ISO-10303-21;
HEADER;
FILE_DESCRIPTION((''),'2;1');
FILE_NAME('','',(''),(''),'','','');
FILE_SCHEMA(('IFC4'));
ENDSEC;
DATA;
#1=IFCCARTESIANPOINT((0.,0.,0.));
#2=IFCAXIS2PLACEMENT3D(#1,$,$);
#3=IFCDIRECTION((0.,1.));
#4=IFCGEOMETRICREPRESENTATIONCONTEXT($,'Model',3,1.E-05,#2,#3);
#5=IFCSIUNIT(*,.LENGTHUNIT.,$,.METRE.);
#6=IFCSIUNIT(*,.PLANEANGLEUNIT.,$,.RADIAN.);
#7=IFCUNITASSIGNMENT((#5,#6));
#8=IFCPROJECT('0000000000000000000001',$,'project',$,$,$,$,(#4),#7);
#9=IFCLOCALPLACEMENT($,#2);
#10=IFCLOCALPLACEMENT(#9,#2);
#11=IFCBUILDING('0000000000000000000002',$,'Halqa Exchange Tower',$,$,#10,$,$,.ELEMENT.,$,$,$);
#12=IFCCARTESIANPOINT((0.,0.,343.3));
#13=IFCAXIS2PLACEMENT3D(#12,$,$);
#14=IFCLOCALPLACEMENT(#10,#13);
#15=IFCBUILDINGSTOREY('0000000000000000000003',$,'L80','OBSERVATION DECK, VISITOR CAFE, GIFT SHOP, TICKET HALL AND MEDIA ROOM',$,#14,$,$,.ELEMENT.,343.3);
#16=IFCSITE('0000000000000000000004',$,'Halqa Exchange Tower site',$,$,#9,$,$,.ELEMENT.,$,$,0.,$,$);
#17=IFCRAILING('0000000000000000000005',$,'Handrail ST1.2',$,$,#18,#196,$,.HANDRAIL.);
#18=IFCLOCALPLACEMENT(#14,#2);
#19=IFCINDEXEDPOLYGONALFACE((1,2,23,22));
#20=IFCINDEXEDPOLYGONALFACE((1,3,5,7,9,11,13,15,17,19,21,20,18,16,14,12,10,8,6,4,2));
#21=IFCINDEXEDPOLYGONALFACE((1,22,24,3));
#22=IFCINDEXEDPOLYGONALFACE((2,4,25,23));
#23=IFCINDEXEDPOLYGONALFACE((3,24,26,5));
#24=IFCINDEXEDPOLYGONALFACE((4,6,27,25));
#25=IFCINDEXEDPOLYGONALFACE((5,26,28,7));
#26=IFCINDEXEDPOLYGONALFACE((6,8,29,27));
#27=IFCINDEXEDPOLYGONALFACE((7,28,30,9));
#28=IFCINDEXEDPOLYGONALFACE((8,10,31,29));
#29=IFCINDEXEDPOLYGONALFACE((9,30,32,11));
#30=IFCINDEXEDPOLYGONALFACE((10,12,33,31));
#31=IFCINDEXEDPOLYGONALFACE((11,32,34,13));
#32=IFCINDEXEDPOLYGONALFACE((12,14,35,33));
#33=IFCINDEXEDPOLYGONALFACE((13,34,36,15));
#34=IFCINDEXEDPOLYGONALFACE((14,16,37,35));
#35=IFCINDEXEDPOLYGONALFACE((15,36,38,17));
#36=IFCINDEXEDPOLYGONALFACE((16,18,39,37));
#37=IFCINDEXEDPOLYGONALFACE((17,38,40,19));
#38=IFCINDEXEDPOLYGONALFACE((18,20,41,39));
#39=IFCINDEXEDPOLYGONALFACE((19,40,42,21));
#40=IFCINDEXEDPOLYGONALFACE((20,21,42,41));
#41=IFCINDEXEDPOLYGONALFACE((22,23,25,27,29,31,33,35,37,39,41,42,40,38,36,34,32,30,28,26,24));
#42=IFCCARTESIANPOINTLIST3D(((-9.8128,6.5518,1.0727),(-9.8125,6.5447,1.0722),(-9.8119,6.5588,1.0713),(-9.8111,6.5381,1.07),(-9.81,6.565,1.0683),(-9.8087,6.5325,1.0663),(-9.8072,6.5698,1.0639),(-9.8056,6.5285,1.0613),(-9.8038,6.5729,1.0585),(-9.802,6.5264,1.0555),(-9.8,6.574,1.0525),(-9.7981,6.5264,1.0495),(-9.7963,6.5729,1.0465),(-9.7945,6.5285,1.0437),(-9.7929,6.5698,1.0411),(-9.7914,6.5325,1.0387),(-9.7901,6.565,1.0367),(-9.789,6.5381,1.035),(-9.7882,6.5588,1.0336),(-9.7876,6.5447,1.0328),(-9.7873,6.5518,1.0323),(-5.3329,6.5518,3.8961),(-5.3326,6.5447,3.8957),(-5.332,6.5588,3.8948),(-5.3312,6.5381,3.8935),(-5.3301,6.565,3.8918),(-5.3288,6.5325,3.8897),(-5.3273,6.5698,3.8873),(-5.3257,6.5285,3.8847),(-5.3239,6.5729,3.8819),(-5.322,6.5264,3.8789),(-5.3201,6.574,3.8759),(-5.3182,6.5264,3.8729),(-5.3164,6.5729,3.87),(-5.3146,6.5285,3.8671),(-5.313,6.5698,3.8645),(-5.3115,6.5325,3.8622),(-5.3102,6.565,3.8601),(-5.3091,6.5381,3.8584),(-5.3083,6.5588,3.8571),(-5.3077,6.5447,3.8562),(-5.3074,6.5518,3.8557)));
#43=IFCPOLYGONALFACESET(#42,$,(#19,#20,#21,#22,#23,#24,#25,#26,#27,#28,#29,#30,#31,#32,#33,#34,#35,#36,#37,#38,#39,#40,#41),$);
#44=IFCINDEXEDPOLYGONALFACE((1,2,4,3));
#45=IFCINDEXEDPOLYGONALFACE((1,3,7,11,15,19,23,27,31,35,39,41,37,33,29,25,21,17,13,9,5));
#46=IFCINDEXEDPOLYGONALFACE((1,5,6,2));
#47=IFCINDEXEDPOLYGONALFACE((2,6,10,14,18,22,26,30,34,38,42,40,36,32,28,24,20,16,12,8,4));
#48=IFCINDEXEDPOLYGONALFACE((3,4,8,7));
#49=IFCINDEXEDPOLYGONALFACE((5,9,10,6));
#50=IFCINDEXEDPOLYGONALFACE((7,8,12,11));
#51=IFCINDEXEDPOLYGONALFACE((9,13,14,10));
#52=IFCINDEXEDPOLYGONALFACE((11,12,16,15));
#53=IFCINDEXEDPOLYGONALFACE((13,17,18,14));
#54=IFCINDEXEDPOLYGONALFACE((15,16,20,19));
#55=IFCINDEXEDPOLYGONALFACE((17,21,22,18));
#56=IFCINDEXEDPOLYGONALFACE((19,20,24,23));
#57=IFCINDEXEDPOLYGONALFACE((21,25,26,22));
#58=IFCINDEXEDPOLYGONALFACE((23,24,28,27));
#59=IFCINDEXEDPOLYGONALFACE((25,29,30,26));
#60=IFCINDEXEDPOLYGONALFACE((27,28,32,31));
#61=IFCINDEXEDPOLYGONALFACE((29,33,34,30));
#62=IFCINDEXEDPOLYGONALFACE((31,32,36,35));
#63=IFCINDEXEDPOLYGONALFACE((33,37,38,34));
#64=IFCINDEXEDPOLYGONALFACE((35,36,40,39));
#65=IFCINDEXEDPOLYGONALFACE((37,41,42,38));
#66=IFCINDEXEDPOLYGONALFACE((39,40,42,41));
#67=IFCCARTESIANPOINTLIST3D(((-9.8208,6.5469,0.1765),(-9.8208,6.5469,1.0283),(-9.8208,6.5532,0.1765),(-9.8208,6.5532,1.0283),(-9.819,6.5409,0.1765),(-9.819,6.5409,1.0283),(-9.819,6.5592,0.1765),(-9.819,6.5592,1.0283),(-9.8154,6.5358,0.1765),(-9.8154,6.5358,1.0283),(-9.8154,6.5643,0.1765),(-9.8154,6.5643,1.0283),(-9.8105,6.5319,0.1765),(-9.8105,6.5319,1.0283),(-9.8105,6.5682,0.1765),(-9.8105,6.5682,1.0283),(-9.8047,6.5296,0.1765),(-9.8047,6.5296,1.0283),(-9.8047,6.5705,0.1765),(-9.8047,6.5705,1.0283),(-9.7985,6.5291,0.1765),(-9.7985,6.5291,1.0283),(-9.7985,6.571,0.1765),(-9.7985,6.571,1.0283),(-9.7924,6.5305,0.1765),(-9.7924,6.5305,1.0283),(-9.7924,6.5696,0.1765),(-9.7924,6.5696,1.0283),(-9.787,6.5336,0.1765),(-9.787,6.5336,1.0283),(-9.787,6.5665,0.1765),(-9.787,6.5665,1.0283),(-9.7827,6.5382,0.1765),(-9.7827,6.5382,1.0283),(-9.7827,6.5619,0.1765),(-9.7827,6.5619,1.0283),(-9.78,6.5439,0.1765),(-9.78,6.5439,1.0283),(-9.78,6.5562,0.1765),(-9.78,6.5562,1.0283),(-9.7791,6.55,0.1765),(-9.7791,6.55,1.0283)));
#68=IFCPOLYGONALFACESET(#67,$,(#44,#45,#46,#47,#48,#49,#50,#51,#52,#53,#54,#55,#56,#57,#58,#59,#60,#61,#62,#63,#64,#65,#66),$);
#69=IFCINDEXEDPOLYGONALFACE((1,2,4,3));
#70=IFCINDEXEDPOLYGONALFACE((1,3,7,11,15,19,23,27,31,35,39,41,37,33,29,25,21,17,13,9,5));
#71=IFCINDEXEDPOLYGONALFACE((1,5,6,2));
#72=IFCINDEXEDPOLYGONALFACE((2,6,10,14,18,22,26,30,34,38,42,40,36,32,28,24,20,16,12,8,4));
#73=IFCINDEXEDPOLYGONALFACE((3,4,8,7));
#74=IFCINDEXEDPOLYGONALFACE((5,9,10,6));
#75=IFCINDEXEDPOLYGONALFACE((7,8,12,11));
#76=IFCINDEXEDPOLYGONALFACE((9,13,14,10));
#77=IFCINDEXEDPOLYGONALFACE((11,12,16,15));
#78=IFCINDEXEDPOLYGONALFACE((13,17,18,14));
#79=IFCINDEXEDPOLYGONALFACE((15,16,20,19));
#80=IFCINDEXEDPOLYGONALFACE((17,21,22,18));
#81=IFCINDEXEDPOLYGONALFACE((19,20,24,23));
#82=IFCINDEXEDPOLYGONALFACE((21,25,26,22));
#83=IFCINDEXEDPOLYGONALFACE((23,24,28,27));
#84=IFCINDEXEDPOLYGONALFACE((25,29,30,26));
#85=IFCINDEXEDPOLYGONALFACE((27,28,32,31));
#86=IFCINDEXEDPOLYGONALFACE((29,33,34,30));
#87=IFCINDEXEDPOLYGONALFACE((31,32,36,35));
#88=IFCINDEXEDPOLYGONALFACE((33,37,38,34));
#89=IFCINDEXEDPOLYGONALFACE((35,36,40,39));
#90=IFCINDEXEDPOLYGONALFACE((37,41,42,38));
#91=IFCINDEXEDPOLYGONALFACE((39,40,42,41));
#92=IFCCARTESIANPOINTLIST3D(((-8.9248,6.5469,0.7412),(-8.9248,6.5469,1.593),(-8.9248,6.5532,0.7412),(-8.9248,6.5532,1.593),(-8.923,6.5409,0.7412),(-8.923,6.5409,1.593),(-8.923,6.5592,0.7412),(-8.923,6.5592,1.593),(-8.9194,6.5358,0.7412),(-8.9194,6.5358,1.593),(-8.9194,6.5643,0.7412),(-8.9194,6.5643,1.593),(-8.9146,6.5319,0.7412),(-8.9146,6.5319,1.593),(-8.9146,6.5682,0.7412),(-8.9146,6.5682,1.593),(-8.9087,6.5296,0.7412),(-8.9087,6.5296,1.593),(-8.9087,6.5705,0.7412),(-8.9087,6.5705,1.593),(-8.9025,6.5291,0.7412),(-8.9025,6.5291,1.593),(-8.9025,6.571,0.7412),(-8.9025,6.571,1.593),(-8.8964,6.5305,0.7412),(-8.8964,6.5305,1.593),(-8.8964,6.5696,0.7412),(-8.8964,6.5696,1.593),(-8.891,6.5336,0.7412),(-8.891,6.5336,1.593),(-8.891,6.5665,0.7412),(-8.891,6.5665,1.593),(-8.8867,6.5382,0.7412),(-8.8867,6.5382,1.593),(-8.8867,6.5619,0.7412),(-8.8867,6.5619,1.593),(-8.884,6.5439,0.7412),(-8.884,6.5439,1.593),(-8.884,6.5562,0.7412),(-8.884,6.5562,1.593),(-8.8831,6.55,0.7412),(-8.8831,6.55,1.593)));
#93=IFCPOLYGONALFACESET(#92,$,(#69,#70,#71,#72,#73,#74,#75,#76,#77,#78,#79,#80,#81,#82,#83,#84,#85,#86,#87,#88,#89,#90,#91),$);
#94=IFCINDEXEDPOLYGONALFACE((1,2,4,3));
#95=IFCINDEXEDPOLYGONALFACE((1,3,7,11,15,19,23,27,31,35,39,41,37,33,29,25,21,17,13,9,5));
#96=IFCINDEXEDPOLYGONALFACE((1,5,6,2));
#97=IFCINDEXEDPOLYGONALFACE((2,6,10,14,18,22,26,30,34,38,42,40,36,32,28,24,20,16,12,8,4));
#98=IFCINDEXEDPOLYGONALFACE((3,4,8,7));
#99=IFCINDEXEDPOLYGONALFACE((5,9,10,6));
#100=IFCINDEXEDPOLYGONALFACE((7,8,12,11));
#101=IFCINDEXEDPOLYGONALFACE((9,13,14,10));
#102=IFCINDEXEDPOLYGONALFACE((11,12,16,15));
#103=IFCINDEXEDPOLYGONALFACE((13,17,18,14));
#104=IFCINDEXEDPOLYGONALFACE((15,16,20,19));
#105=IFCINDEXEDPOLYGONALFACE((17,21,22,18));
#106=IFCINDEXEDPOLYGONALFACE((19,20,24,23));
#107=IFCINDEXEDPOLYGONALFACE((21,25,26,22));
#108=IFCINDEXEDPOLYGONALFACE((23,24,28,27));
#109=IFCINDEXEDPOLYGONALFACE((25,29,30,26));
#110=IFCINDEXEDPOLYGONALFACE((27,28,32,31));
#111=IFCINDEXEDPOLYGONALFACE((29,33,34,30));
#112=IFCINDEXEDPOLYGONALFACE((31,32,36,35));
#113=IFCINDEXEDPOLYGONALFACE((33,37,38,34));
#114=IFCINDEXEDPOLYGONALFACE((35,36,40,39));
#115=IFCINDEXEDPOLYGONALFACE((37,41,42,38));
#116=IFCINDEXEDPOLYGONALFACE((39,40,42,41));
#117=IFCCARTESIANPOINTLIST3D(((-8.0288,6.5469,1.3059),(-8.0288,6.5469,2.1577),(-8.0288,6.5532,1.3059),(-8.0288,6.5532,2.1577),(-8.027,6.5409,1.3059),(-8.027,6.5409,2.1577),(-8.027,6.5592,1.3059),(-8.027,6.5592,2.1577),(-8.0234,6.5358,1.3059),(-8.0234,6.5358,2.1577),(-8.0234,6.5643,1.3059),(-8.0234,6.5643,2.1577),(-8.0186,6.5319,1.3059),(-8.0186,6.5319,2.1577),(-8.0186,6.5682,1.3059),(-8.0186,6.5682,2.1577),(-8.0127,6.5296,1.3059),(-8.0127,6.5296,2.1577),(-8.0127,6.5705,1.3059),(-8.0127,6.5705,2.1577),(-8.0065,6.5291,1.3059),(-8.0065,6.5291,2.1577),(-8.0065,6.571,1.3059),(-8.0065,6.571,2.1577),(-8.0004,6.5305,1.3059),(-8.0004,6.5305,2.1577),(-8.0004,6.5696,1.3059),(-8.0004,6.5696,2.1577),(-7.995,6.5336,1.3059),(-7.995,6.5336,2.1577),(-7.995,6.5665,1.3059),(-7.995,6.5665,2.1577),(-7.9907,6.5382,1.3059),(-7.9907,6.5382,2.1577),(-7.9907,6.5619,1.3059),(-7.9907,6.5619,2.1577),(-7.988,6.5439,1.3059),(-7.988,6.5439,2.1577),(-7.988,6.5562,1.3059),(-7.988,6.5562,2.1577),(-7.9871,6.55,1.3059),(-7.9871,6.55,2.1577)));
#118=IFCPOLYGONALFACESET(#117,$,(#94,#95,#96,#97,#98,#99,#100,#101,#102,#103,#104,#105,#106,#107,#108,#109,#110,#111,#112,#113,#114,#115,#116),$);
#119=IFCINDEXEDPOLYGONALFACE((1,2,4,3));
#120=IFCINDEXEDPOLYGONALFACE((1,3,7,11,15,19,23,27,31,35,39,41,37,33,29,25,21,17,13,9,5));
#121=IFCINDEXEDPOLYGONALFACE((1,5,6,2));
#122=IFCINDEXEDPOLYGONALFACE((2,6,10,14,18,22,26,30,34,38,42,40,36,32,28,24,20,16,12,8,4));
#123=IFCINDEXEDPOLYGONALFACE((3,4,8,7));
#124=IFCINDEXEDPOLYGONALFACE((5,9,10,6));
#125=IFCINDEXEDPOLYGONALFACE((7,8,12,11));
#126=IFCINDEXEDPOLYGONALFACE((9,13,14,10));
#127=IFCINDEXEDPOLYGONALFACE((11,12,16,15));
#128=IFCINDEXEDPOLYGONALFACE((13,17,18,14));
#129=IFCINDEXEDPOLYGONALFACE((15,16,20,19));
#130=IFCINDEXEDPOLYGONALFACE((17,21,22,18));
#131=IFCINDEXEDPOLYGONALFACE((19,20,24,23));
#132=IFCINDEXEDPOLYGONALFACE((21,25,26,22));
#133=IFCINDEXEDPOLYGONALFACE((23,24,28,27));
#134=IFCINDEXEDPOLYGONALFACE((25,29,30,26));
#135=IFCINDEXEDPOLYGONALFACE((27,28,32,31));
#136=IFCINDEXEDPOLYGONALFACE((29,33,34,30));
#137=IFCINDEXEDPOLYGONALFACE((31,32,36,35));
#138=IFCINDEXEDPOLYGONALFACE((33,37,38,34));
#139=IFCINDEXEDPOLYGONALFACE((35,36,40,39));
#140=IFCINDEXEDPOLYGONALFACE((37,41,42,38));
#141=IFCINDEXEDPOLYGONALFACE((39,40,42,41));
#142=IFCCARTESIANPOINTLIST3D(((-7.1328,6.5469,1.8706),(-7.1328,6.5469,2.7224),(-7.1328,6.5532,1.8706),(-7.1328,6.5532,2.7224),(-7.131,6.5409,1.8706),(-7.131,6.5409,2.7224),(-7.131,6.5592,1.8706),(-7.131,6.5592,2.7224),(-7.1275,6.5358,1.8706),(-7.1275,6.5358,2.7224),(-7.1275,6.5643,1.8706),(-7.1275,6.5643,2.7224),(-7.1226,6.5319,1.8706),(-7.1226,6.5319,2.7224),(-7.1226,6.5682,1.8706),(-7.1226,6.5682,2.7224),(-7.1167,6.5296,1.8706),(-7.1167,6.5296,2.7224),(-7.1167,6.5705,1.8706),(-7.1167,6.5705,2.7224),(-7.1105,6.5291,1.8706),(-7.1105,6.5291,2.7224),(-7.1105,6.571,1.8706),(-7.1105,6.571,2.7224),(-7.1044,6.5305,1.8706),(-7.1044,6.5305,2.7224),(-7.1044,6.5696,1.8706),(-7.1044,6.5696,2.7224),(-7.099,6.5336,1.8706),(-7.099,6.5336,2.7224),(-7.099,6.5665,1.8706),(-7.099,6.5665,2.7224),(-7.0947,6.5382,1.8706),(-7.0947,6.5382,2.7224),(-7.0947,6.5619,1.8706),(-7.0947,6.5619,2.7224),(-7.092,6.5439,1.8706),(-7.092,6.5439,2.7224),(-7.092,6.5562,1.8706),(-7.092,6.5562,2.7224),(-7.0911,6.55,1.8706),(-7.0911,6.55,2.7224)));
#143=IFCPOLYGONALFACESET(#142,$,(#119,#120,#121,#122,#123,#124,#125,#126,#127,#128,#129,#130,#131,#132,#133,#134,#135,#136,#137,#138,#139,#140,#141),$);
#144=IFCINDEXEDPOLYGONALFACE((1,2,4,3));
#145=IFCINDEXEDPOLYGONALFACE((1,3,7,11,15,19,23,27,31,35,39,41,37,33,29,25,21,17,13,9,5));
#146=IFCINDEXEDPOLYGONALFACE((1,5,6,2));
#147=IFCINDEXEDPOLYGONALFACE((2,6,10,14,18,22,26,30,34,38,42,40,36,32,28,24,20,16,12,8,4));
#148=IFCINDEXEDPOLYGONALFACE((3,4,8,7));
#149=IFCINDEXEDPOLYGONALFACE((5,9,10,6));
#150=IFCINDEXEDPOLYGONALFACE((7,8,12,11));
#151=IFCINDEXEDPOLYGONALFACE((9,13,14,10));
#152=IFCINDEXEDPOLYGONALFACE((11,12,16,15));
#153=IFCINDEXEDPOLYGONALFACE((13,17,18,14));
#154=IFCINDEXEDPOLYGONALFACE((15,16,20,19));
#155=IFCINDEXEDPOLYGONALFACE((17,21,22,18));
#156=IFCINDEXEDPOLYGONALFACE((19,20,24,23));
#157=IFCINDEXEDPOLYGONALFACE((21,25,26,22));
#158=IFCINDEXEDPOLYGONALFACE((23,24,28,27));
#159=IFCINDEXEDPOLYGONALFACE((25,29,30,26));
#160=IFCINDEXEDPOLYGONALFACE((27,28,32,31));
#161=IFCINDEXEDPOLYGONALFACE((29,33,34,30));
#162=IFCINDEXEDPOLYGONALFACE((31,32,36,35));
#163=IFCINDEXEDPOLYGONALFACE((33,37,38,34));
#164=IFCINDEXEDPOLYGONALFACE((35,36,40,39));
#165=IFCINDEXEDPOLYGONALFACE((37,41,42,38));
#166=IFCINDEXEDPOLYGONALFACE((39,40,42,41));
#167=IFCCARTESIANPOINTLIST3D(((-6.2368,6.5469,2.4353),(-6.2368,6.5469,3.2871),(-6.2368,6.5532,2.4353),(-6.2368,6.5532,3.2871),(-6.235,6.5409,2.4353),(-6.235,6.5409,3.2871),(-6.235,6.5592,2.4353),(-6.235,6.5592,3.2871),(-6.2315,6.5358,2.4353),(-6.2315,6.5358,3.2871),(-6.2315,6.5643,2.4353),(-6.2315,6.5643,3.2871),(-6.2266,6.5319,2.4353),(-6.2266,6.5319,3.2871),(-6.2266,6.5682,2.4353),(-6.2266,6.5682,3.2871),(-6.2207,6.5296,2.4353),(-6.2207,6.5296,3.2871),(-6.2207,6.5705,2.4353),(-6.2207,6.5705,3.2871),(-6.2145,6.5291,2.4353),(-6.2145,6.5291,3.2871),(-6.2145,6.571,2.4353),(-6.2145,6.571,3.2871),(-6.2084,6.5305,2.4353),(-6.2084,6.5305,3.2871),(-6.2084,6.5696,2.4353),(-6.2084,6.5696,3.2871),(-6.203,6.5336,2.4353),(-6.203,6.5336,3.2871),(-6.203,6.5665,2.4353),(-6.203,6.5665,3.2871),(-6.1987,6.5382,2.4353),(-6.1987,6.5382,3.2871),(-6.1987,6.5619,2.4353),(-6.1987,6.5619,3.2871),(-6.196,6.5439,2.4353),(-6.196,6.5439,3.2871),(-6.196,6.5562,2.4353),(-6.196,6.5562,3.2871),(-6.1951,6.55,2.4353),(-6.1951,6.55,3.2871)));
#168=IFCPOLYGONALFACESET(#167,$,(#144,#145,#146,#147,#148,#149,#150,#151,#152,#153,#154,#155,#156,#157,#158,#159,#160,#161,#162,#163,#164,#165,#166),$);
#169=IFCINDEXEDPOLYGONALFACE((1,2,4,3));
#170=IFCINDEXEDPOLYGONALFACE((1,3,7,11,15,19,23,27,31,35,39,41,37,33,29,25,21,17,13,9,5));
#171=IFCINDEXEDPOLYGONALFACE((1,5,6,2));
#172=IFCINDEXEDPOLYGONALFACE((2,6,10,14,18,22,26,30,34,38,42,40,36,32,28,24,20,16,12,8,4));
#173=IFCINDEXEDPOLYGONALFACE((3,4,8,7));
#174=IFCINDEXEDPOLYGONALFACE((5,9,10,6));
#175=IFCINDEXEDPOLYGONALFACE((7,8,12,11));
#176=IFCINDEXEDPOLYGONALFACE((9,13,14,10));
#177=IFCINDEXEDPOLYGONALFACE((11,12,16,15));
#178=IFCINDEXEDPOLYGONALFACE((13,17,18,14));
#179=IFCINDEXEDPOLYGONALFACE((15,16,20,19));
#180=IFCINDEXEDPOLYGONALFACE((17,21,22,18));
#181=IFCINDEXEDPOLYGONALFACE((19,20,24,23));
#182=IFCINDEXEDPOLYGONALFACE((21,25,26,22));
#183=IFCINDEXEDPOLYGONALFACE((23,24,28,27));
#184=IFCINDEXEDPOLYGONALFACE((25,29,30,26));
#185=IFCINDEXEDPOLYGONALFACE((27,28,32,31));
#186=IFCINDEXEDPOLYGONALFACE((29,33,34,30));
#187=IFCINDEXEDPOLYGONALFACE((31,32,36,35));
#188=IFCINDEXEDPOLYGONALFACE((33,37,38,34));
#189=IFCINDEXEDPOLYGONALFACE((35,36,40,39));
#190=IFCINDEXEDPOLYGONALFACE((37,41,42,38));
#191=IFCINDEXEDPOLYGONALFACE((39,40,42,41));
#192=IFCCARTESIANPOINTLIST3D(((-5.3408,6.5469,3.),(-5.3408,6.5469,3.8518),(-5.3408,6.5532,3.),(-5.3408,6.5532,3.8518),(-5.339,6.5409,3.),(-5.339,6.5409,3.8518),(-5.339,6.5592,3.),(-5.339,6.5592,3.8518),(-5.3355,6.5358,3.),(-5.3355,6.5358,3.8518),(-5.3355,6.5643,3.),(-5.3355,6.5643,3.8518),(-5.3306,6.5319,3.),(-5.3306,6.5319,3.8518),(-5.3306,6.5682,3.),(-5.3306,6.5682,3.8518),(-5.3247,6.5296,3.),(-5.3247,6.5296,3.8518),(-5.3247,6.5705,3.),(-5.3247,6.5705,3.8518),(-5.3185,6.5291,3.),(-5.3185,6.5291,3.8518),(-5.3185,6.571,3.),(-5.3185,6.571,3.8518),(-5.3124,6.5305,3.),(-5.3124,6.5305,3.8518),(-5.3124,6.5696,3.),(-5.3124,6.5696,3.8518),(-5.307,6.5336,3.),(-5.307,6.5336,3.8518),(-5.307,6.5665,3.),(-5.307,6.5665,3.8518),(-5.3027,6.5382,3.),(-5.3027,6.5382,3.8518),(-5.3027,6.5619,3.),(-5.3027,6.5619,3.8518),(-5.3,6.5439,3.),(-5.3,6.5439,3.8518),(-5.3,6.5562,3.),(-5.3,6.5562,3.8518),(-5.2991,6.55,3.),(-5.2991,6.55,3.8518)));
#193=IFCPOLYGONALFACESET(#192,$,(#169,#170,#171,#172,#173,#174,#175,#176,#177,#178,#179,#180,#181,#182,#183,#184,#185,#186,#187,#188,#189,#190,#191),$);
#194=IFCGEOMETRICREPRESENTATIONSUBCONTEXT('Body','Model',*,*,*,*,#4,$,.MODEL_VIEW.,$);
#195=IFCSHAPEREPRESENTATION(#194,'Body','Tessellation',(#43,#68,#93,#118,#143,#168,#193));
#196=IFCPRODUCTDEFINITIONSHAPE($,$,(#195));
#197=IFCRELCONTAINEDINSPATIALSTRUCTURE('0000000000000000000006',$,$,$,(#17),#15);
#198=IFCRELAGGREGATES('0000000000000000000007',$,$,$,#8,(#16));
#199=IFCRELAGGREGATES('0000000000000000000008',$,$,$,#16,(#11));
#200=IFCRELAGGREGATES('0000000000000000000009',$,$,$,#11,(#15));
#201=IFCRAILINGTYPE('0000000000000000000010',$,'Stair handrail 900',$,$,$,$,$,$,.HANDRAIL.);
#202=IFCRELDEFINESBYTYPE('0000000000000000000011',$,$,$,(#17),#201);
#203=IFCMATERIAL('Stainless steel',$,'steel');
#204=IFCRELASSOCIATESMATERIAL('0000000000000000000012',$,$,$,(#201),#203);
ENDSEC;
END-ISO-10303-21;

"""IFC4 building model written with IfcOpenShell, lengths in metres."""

from ifc_helpers import new_model, si_unit, direction, frame, origin, origin_2d, place, context, subcontext, project, spatial, circle, extrude, material, type_object, element, save


model = new_model("IFC4")

# Units and contexts
model_context = context("Model", 3, precision=1e-05, world=origin(), true_north=direction((0.0, 1.0)))
body_context = subcontext(model_context, "Body", "Model", "MODEL_VIEW")
ifc_project = project(units=[si_unit("LENGTHUNIT", "METRE"), si_unit("PLANEANGLEUNIT", "RADIAN")], contexts=[model_context])

# Site, building, storey
site_placement = place(None, origin())
site = spatial("IfcSite", under=ifc_project, at=site_placement, Name="Halqa Exchange Tower site", CompositionType="ELEMENT", RefElevation=0.0)
building_placement = place(site_placement, origin())
building = spatial("IfcBuilding", under=site, at=building_placement, Name="Halqa Exchange Tower", CompositionType="ELEMENT")
storey_placement = place(building_placement, frame((0.0, 0.0, 343.3)))
storey = spatial("IfcBuildingStorey", under=building, at=storey_placement, Name="L80", Description="OBSERVATION DECK, VISITOR CAFE, GIFT SHOP, TICKET HALL AND MEDIA ROOM", CompositionType="ELEMENT", Elevation=343.3)

# Shared definitions
ifc_material_1 = material(Name="Stainless steel", Category="steel")

# Railing
railing_type_1 = type_object("IfcRailingType", Name="Stair handrail 900", PredefinedType="HANDRAIL", material=ifc_material_1)
railing_1_placement = place(storey_placement, frame((-9.8, 6.55, 0.1765)))
element("IfcRailing", 1, at=railing_1_placement, inside=storey, type_object=railing_type_1, Name="Handrail ST1.2", PredefinedType="HANDRAIL", context=body_context, shape_type="SweptSolid", body=[
    extrude(circle(Radius=0.0239, at=origin_2d()), frame((0.0, 0.0, 0.876), z_axis=(0.845998, 0.0, 0.533186), x_axis=(0.0, 1.0, 0.0)), (0.0, 0.0, 1.0), 5.2954),
    extrude(circle(Radius=0.021, at=origin_2d()), origin(), (0.0, 0.0, 1.0), 0.8518),
    extrude(circle(Radius=0.021, at=origin_2d()), frame((0.896, 0.0, 0.5647)), (0.0, 0.0, 1.0), 0.8518),
    extrude(circle(Radius=0.021, at=origin_2d()), frame((1.792, 0.0, 1.1294)), (0.0, 0.0, 1.0), 0.8518),
    extrude(circle(Radius=0.021, at=origin_2d()), frame((2.688, 0.0, 1.6941)), (0.0, 0.0, 1.0), 0.8518),
    extrude(circle(Radius=0.021, at=origin_2d()), frame((3.584, 0.0, 2.2588)), (0.0, 0.0, 1.0), 0.8518),
    extrude(circle(Radius=0.021, at=origin_2d()), frame((4.48, 0.0, 2.8235)), (0.0, 0.0, 1.0), 0.8518),
])

save(model, "model.ifc")
